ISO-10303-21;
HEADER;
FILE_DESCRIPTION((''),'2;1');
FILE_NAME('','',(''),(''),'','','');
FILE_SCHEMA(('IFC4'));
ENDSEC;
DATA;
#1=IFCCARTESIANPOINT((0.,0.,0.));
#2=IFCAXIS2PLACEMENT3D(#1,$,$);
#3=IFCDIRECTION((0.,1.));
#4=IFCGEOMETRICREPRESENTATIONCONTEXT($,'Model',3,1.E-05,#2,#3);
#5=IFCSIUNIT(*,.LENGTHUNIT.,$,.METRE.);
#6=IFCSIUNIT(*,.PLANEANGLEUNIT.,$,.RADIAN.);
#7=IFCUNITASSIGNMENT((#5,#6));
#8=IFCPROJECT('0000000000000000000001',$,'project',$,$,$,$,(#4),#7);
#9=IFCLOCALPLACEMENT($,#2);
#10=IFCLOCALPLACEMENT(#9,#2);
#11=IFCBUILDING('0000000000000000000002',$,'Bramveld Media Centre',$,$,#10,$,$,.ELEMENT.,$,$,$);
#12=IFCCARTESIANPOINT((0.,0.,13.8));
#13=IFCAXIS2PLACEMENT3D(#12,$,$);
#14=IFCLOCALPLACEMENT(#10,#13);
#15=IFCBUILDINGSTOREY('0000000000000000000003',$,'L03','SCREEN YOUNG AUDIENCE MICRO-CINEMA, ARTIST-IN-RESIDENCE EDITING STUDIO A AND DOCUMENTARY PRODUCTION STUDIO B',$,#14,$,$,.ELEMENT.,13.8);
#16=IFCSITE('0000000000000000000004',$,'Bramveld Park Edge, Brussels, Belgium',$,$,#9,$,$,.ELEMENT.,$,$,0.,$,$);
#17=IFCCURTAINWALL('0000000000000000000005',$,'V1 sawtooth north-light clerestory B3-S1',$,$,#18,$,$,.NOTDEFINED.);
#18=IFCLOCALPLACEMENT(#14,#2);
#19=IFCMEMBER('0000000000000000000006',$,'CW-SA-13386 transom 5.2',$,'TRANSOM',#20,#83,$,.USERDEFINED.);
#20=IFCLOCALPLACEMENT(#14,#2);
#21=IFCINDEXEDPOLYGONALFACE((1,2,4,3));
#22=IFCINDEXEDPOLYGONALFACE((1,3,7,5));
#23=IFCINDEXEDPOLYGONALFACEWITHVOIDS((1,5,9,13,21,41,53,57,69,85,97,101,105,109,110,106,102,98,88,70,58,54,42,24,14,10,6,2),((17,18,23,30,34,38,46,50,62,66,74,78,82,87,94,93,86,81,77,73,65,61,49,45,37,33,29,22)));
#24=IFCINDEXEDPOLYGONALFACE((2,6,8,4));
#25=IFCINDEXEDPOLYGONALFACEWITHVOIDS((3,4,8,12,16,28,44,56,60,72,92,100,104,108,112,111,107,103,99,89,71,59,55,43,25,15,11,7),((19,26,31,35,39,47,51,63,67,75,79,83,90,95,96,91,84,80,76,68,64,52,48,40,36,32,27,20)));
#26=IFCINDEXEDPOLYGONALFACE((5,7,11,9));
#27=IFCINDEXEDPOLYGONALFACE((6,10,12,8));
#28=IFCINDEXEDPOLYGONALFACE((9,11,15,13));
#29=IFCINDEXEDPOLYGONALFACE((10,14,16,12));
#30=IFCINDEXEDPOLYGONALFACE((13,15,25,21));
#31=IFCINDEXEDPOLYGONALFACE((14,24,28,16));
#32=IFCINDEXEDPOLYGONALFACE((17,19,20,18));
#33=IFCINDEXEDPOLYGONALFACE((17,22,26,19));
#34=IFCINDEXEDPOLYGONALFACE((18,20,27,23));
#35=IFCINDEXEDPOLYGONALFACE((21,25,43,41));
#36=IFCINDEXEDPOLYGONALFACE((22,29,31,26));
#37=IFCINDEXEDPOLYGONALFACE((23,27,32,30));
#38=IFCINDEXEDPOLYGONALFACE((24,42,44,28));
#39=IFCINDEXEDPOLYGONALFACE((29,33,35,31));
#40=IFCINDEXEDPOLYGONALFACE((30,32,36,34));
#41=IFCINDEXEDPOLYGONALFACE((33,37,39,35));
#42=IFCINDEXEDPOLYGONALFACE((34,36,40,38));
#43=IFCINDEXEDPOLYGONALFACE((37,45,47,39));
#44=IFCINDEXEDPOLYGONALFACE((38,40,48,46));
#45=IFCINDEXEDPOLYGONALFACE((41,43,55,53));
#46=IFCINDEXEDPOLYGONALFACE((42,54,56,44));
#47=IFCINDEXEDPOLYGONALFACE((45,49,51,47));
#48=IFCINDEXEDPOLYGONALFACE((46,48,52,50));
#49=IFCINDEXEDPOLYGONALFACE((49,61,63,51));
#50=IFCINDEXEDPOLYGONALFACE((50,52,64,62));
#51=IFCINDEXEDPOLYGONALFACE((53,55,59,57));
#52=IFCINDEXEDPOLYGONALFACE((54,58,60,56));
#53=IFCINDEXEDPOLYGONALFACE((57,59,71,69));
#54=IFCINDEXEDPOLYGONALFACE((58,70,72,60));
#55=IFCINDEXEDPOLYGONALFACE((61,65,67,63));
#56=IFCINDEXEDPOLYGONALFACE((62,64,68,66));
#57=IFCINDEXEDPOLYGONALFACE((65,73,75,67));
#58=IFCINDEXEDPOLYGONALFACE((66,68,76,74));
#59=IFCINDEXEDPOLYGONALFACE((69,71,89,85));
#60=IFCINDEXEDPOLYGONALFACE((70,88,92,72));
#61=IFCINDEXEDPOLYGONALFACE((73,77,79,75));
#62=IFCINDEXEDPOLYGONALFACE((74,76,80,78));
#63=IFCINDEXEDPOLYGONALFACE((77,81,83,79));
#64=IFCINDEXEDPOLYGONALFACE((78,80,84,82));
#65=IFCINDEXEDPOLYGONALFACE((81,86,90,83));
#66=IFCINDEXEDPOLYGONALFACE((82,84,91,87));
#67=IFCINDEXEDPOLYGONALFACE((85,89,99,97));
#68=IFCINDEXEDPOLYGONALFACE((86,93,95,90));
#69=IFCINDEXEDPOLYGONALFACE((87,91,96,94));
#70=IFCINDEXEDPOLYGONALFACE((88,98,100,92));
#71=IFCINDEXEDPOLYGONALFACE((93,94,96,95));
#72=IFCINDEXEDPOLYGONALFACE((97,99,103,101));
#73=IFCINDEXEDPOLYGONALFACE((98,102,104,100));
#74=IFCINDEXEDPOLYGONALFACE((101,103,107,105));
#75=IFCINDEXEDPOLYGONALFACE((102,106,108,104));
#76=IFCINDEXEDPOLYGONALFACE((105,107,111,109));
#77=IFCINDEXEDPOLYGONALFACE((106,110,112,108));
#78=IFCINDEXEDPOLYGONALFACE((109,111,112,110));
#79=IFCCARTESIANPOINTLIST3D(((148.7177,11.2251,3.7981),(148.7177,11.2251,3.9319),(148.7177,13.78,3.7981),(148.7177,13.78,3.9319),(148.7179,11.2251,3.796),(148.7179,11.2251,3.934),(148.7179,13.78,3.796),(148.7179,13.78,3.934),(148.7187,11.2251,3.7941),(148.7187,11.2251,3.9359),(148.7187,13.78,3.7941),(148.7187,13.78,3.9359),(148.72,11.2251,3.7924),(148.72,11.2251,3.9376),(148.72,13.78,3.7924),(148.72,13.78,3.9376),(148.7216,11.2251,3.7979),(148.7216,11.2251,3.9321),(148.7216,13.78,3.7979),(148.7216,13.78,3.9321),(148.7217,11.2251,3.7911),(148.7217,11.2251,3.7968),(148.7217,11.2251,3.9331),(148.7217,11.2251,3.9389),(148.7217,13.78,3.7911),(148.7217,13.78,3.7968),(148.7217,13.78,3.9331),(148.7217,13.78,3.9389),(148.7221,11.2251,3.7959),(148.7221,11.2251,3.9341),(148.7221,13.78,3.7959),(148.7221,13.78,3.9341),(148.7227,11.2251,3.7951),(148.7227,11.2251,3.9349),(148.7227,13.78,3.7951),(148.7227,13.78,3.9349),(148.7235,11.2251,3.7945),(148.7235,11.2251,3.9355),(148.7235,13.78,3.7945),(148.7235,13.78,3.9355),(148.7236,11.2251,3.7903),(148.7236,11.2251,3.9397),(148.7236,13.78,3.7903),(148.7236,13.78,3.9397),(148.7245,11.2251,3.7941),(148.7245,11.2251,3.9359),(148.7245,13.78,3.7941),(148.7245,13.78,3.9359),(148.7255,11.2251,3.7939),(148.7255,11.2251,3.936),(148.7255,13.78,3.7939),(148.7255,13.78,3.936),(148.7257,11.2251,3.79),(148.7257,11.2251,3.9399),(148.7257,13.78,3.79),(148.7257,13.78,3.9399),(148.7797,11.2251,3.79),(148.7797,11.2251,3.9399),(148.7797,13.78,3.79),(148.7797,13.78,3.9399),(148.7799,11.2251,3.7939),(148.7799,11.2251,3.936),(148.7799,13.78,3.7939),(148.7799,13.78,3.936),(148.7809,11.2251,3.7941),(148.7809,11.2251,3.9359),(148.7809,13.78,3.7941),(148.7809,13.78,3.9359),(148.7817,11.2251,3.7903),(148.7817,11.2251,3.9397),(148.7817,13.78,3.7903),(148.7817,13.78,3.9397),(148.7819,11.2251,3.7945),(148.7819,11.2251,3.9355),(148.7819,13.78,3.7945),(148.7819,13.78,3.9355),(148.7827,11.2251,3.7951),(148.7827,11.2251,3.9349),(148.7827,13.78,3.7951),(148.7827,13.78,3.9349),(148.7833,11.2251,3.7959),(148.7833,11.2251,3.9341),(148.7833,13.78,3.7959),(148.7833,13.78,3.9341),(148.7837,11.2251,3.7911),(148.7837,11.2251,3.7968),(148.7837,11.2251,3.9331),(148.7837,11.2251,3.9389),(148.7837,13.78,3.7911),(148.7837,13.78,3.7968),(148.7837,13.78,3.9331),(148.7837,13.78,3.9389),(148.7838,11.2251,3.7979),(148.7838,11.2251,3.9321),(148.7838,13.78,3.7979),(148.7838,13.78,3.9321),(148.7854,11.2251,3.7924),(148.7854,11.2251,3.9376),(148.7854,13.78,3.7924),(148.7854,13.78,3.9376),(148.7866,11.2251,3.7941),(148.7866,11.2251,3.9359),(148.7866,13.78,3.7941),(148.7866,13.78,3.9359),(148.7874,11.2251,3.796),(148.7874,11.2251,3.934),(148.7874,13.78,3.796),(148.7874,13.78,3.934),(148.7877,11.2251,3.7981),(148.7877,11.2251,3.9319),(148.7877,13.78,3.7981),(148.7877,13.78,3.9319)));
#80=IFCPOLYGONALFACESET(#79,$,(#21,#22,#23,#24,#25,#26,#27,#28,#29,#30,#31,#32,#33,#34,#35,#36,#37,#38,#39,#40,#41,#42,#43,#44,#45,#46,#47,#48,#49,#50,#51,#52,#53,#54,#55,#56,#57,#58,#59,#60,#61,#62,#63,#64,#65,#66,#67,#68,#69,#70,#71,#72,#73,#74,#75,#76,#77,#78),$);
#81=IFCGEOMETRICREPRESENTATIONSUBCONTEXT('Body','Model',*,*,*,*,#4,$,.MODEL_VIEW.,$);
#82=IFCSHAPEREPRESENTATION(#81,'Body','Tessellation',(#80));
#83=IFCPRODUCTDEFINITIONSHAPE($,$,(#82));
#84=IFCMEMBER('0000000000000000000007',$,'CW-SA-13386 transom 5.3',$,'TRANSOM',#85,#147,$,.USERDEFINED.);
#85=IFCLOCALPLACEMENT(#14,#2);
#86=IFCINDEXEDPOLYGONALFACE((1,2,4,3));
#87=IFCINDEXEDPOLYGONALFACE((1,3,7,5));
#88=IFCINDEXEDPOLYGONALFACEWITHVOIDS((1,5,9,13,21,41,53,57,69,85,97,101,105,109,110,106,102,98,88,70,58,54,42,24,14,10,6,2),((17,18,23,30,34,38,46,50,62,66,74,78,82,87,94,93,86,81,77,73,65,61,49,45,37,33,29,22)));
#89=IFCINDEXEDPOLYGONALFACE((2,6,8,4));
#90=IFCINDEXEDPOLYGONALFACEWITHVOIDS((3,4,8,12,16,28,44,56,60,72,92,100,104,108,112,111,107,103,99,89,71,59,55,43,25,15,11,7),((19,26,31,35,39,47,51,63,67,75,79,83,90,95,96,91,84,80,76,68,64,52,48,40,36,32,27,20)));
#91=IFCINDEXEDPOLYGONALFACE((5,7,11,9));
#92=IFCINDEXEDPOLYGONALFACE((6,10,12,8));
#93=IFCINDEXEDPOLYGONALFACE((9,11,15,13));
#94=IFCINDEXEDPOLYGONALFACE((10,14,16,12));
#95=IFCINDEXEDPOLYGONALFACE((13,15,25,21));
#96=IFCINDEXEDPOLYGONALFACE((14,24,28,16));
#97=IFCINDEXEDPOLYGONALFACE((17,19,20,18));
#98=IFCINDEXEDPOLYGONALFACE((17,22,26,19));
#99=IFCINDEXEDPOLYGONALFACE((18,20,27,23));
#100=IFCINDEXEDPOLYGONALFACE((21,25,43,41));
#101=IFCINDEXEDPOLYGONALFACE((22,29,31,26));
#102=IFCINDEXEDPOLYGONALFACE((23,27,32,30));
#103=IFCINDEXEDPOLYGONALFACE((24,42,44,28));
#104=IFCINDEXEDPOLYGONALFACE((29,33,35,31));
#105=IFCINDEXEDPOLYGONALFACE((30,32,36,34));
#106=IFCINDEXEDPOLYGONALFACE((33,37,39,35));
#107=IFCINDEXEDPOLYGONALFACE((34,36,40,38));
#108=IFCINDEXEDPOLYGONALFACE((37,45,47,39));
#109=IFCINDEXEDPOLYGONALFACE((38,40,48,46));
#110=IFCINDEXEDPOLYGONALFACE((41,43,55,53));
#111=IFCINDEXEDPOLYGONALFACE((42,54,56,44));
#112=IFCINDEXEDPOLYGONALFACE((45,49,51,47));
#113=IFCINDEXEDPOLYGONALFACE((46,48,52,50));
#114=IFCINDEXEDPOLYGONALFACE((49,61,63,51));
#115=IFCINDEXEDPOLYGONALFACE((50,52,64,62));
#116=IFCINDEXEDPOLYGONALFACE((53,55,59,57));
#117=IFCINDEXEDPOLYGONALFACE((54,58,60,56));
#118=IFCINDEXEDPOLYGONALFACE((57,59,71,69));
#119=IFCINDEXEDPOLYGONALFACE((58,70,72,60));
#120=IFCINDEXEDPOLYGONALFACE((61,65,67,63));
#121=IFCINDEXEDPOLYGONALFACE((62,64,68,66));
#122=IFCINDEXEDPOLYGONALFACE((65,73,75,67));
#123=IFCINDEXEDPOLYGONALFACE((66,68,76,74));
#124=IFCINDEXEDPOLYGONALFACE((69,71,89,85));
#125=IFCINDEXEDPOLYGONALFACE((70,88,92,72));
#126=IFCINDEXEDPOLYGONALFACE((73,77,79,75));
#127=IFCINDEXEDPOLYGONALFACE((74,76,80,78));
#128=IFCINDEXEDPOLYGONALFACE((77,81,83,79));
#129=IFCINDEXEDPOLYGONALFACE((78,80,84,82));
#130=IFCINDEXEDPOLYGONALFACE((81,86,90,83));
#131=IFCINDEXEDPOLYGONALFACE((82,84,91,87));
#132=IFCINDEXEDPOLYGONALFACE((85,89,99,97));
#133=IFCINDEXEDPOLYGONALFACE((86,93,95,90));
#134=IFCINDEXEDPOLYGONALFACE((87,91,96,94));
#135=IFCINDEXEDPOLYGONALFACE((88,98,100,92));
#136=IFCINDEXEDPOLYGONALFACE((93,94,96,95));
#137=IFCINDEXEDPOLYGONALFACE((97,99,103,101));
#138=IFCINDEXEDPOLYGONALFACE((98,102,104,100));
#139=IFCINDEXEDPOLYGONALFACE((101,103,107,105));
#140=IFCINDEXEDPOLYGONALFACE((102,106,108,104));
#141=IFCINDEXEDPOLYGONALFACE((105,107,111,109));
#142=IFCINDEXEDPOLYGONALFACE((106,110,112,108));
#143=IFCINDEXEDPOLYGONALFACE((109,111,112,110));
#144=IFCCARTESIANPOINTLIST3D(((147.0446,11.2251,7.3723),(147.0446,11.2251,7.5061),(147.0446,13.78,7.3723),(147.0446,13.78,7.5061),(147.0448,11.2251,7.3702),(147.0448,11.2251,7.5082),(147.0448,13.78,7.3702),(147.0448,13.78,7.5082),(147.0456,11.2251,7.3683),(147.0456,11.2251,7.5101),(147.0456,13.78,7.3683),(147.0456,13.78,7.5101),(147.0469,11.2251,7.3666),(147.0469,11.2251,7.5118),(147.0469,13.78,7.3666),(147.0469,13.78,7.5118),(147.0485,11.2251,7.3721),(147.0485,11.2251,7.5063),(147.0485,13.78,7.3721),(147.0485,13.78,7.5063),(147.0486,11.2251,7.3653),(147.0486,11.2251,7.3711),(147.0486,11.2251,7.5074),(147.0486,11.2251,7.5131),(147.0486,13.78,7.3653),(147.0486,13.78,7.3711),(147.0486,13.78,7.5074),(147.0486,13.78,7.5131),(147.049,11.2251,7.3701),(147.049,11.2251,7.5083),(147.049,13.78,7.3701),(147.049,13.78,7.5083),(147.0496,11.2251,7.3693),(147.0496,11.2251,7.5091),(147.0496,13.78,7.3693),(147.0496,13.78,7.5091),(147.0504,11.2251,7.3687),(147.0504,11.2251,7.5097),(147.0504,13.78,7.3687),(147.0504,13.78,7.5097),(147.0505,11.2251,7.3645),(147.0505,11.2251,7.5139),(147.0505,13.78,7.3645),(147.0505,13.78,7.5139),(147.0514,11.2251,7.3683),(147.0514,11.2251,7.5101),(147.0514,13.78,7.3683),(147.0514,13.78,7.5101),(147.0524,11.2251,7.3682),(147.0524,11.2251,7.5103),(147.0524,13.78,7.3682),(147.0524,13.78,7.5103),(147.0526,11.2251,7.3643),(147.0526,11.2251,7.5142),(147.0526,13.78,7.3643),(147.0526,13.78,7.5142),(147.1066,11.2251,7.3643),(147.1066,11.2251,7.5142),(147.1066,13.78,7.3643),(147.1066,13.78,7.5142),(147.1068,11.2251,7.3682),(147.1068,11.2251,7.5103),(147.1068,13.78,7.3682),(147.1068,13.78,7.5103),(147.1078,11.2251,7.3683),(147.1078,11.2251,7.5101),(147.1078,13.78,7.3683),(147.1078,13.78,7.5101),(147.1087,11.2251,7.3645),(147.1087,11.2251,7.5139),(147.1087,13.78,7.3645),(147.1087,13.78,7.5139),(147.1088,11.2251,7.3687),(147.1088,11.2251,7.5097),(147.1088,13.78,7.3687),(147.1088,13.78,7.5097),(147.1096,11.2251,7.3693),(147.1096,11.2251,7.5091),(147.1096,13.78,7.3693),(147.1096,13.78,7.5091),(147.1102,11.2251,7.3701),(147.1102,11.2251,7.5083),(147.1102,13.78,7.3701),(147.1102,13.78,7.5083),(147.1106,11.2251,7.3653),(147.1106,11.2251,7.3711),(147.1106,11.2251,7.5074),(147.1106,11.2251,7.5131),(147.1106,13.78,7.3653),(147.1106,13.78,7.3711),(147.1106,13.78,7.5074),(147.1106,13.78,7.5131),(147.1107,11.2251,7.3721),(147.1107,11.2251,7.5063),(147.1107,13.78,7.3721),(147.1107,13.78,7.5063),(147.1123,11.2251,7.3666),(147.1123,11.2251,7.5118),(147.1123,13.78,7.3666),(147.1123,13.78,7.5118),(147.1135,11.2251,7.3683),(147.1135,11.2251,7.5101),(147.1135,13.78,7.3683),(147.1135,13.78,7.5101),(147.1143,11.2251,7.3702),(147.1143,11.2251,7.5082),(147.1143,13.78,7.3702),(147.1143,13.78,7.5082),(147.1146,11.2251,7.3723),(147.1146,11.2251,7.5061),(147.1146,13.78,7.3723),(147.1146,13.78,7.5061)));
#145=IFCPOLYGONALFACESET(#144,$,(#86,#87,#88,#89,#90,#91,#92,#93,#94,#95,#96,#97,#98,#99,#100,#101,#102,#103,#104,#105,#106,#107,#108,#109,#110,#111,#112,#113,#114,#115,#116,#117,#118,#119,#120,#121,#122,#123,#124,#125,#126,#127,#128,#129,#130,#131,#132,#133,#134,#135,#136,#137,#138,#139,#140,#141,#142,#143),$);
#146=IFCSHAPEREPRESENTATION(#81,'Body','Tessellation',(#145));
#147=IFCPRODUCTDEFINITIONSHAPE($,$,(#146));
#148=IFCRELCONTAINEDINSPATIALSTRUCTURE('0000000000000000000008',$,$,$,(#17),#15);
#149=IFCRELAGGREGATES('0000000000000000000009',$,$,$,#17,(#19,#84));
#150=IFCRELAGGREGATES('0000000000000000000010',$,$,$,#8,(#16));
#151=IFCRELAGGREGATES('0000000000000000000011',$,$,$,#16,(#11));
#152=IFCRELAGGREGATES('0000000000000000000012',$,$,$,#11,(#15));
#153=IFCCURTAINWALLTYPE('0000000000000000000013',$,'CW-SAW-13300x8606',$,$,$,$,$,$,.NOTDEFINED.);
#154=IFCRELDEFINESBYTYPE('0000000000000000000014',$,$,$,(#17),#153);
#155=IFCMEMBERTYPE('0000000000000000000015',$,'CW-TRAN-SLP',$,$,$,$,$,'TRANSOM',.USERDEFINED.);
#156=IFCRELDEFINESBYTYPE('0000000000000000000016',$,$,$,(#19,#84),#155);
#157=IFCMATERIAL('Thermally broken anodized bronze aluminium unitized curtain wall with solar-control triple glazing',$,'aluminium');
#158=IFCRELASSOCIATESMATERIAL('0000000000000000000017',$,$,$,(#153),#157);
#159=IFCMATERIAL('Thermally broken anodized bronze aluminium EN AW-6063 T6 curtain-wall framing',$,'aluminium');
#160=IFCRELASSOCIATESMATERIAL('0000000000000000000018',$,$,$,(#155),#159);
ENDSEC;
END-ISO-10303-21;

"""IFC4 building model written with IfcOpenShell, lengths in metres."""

from ifc_helpers import new_model, si_unit, direction, frame, origin, origin_2d, place, context, subcontext, project, spatial, hollow_rectangle, extrude, material, material_profile, profile_set, type_object, element, aggregate, save


model = new_model("IFC4")

# Units and contexts
model_context = context("Model", 3, precision=1e-05, world=origin(), true_north=direction((0.0, 1.0)))
body_context = subcontext(model_context, "Body", "Model", "MODEL_VIEW")
ifc_project = project(units=[si_unit("LENGTHUNIT", "METRE"), si_unit("PLANEANGLEUNIT", "RADIAN")], contexts=[model_context])

# Site, building, storey
site_placement = place(None, origin())
site = spatial("IfcSite", under=ifc_project, at=site_placement, Name="Bramveld Park Edge, Brussels, Belgium", CompositionType="ELEMENT", RefElevation=0.0)
building_placement = place(site_placement, origin())
building = spatial("IfcBuilding", under=site, at=building_placement, Name="Bramveld Media Centre", CompositionType="ELEMENT")
storey_placement = place(building_placement, frame((0.0, 0.0, 13.8)))
storey = spatial("IfcBuildingStorey", under=building, at=storey_placement, Name="L03", Description="SCREEN YOUNG AUDIENCE MICRO-CINEMA, ARTIST-IN-RESIDENCE EDITING STUDIO A AND DOCUMENTARY PRODUCTION STUDIO B", CompositionType="ELEMENT", Elevation=13.8)

# Curtain wall
ifc_material_1 = material(Name="Thermally broken anodized bronze aluminium unitized curtain wall with solar-control triple glazing", Category="aluminium")
curtain_wall_type = type_object("IfcCurtainWallType", Name="CW-SAW-13300x8606", PredefinedType="NOTDEFINED", material=ifc_material_1)
curtain_wall_1_placement = place(storey_placement, origin())
curtain_wall_1 = element("IfcCurtainWall", 1, at=curtain_wall_1_placement, inside=storey, type_object=curtain_wall_type, Name="V1 sawtooth north-light clerestory B3-S1", PredefinedType="NOTDEFINED")

# Members
ifc_material_2 = material(Name="Thermally broken anodized bronze aluminium EN AW-6063 T6 curtain-wall framing", Category="aluminium")
ifc_material_profile_1 = material_profile(ifc_material_2, hollow_rectangle(XDim=0.0701, YDim=0.1499, WallThickness=0.0039, InnerFilletRadius=0.0039, OuterFilletRadius=0.0081, at=origin_2d()), Name="AL-TRAN 70x150")
ifc_profile_set_1 = profile_set([ifc_material_profile_1], Name="Thermally broken anodized bronze aluminium EN AW-6063 T6 curtain-wall framing")
member_type_1 = type_object("IfcMemberType", Name="CW-TRAN-SLP", ElementType="TRANSOM", PredefinedType="USERDEFINED", material=ifc_profile_set_1)
member_1_placement = place(storey_placement, frame((148.7527, 11.2251, 3.865), z_axis=(0.0, 1.0, 0.0), x_axis=(-1.0, 0.0, 0.0)))
member_1 = element("IfcMember", 2, at=member_1_placement, type_object=member_type_1, Name="CW-SA-13386 transom 5.2", ObjectType="TRANSOM", PredefinedType="USERDEFINED", context=body_context, shape_type="SweptSolid", body=[
    extrude(hollow_rectangle(XDim=0.0701, YDim=0.1499, WallThickness=0.0039, InnerFilletRadius=0.0039, OuterFilletRadius=0.0081, at=origin_2d()), origin(), (0.0, 0.0, 1.0), 2.5549),
])
member_2_placement = place(storey_placement, frame((147.0796, 11.2251, 7.4392), z_axis=(0.0, 1.0, 0.0), x_axis=(-1.0, 0.0, 0.0)))
member_2 = element("IfcMember", 3, at=member_2_placement, type_object=member_type_1, Name="CW-SA-13386 transom 5.3", ObjectType="TRANSOM", PredefinedType="USERDEFINED", context=body_context, shape_type="SweptSolid", body=[
    extrude(hollow_rectangle(XDim=0.0701, YDim=0.1499, WallThickness=0.0039, InnerFilletRadius=0.0039, OuterFilletRadius=0.0081, at=origin_2d()), origin(), (0.0, 0.0, 1.0), 2.5549),
])

aggregate(curtain_wall_1, [member_1, member_2])

save(model, "model.ifc")
